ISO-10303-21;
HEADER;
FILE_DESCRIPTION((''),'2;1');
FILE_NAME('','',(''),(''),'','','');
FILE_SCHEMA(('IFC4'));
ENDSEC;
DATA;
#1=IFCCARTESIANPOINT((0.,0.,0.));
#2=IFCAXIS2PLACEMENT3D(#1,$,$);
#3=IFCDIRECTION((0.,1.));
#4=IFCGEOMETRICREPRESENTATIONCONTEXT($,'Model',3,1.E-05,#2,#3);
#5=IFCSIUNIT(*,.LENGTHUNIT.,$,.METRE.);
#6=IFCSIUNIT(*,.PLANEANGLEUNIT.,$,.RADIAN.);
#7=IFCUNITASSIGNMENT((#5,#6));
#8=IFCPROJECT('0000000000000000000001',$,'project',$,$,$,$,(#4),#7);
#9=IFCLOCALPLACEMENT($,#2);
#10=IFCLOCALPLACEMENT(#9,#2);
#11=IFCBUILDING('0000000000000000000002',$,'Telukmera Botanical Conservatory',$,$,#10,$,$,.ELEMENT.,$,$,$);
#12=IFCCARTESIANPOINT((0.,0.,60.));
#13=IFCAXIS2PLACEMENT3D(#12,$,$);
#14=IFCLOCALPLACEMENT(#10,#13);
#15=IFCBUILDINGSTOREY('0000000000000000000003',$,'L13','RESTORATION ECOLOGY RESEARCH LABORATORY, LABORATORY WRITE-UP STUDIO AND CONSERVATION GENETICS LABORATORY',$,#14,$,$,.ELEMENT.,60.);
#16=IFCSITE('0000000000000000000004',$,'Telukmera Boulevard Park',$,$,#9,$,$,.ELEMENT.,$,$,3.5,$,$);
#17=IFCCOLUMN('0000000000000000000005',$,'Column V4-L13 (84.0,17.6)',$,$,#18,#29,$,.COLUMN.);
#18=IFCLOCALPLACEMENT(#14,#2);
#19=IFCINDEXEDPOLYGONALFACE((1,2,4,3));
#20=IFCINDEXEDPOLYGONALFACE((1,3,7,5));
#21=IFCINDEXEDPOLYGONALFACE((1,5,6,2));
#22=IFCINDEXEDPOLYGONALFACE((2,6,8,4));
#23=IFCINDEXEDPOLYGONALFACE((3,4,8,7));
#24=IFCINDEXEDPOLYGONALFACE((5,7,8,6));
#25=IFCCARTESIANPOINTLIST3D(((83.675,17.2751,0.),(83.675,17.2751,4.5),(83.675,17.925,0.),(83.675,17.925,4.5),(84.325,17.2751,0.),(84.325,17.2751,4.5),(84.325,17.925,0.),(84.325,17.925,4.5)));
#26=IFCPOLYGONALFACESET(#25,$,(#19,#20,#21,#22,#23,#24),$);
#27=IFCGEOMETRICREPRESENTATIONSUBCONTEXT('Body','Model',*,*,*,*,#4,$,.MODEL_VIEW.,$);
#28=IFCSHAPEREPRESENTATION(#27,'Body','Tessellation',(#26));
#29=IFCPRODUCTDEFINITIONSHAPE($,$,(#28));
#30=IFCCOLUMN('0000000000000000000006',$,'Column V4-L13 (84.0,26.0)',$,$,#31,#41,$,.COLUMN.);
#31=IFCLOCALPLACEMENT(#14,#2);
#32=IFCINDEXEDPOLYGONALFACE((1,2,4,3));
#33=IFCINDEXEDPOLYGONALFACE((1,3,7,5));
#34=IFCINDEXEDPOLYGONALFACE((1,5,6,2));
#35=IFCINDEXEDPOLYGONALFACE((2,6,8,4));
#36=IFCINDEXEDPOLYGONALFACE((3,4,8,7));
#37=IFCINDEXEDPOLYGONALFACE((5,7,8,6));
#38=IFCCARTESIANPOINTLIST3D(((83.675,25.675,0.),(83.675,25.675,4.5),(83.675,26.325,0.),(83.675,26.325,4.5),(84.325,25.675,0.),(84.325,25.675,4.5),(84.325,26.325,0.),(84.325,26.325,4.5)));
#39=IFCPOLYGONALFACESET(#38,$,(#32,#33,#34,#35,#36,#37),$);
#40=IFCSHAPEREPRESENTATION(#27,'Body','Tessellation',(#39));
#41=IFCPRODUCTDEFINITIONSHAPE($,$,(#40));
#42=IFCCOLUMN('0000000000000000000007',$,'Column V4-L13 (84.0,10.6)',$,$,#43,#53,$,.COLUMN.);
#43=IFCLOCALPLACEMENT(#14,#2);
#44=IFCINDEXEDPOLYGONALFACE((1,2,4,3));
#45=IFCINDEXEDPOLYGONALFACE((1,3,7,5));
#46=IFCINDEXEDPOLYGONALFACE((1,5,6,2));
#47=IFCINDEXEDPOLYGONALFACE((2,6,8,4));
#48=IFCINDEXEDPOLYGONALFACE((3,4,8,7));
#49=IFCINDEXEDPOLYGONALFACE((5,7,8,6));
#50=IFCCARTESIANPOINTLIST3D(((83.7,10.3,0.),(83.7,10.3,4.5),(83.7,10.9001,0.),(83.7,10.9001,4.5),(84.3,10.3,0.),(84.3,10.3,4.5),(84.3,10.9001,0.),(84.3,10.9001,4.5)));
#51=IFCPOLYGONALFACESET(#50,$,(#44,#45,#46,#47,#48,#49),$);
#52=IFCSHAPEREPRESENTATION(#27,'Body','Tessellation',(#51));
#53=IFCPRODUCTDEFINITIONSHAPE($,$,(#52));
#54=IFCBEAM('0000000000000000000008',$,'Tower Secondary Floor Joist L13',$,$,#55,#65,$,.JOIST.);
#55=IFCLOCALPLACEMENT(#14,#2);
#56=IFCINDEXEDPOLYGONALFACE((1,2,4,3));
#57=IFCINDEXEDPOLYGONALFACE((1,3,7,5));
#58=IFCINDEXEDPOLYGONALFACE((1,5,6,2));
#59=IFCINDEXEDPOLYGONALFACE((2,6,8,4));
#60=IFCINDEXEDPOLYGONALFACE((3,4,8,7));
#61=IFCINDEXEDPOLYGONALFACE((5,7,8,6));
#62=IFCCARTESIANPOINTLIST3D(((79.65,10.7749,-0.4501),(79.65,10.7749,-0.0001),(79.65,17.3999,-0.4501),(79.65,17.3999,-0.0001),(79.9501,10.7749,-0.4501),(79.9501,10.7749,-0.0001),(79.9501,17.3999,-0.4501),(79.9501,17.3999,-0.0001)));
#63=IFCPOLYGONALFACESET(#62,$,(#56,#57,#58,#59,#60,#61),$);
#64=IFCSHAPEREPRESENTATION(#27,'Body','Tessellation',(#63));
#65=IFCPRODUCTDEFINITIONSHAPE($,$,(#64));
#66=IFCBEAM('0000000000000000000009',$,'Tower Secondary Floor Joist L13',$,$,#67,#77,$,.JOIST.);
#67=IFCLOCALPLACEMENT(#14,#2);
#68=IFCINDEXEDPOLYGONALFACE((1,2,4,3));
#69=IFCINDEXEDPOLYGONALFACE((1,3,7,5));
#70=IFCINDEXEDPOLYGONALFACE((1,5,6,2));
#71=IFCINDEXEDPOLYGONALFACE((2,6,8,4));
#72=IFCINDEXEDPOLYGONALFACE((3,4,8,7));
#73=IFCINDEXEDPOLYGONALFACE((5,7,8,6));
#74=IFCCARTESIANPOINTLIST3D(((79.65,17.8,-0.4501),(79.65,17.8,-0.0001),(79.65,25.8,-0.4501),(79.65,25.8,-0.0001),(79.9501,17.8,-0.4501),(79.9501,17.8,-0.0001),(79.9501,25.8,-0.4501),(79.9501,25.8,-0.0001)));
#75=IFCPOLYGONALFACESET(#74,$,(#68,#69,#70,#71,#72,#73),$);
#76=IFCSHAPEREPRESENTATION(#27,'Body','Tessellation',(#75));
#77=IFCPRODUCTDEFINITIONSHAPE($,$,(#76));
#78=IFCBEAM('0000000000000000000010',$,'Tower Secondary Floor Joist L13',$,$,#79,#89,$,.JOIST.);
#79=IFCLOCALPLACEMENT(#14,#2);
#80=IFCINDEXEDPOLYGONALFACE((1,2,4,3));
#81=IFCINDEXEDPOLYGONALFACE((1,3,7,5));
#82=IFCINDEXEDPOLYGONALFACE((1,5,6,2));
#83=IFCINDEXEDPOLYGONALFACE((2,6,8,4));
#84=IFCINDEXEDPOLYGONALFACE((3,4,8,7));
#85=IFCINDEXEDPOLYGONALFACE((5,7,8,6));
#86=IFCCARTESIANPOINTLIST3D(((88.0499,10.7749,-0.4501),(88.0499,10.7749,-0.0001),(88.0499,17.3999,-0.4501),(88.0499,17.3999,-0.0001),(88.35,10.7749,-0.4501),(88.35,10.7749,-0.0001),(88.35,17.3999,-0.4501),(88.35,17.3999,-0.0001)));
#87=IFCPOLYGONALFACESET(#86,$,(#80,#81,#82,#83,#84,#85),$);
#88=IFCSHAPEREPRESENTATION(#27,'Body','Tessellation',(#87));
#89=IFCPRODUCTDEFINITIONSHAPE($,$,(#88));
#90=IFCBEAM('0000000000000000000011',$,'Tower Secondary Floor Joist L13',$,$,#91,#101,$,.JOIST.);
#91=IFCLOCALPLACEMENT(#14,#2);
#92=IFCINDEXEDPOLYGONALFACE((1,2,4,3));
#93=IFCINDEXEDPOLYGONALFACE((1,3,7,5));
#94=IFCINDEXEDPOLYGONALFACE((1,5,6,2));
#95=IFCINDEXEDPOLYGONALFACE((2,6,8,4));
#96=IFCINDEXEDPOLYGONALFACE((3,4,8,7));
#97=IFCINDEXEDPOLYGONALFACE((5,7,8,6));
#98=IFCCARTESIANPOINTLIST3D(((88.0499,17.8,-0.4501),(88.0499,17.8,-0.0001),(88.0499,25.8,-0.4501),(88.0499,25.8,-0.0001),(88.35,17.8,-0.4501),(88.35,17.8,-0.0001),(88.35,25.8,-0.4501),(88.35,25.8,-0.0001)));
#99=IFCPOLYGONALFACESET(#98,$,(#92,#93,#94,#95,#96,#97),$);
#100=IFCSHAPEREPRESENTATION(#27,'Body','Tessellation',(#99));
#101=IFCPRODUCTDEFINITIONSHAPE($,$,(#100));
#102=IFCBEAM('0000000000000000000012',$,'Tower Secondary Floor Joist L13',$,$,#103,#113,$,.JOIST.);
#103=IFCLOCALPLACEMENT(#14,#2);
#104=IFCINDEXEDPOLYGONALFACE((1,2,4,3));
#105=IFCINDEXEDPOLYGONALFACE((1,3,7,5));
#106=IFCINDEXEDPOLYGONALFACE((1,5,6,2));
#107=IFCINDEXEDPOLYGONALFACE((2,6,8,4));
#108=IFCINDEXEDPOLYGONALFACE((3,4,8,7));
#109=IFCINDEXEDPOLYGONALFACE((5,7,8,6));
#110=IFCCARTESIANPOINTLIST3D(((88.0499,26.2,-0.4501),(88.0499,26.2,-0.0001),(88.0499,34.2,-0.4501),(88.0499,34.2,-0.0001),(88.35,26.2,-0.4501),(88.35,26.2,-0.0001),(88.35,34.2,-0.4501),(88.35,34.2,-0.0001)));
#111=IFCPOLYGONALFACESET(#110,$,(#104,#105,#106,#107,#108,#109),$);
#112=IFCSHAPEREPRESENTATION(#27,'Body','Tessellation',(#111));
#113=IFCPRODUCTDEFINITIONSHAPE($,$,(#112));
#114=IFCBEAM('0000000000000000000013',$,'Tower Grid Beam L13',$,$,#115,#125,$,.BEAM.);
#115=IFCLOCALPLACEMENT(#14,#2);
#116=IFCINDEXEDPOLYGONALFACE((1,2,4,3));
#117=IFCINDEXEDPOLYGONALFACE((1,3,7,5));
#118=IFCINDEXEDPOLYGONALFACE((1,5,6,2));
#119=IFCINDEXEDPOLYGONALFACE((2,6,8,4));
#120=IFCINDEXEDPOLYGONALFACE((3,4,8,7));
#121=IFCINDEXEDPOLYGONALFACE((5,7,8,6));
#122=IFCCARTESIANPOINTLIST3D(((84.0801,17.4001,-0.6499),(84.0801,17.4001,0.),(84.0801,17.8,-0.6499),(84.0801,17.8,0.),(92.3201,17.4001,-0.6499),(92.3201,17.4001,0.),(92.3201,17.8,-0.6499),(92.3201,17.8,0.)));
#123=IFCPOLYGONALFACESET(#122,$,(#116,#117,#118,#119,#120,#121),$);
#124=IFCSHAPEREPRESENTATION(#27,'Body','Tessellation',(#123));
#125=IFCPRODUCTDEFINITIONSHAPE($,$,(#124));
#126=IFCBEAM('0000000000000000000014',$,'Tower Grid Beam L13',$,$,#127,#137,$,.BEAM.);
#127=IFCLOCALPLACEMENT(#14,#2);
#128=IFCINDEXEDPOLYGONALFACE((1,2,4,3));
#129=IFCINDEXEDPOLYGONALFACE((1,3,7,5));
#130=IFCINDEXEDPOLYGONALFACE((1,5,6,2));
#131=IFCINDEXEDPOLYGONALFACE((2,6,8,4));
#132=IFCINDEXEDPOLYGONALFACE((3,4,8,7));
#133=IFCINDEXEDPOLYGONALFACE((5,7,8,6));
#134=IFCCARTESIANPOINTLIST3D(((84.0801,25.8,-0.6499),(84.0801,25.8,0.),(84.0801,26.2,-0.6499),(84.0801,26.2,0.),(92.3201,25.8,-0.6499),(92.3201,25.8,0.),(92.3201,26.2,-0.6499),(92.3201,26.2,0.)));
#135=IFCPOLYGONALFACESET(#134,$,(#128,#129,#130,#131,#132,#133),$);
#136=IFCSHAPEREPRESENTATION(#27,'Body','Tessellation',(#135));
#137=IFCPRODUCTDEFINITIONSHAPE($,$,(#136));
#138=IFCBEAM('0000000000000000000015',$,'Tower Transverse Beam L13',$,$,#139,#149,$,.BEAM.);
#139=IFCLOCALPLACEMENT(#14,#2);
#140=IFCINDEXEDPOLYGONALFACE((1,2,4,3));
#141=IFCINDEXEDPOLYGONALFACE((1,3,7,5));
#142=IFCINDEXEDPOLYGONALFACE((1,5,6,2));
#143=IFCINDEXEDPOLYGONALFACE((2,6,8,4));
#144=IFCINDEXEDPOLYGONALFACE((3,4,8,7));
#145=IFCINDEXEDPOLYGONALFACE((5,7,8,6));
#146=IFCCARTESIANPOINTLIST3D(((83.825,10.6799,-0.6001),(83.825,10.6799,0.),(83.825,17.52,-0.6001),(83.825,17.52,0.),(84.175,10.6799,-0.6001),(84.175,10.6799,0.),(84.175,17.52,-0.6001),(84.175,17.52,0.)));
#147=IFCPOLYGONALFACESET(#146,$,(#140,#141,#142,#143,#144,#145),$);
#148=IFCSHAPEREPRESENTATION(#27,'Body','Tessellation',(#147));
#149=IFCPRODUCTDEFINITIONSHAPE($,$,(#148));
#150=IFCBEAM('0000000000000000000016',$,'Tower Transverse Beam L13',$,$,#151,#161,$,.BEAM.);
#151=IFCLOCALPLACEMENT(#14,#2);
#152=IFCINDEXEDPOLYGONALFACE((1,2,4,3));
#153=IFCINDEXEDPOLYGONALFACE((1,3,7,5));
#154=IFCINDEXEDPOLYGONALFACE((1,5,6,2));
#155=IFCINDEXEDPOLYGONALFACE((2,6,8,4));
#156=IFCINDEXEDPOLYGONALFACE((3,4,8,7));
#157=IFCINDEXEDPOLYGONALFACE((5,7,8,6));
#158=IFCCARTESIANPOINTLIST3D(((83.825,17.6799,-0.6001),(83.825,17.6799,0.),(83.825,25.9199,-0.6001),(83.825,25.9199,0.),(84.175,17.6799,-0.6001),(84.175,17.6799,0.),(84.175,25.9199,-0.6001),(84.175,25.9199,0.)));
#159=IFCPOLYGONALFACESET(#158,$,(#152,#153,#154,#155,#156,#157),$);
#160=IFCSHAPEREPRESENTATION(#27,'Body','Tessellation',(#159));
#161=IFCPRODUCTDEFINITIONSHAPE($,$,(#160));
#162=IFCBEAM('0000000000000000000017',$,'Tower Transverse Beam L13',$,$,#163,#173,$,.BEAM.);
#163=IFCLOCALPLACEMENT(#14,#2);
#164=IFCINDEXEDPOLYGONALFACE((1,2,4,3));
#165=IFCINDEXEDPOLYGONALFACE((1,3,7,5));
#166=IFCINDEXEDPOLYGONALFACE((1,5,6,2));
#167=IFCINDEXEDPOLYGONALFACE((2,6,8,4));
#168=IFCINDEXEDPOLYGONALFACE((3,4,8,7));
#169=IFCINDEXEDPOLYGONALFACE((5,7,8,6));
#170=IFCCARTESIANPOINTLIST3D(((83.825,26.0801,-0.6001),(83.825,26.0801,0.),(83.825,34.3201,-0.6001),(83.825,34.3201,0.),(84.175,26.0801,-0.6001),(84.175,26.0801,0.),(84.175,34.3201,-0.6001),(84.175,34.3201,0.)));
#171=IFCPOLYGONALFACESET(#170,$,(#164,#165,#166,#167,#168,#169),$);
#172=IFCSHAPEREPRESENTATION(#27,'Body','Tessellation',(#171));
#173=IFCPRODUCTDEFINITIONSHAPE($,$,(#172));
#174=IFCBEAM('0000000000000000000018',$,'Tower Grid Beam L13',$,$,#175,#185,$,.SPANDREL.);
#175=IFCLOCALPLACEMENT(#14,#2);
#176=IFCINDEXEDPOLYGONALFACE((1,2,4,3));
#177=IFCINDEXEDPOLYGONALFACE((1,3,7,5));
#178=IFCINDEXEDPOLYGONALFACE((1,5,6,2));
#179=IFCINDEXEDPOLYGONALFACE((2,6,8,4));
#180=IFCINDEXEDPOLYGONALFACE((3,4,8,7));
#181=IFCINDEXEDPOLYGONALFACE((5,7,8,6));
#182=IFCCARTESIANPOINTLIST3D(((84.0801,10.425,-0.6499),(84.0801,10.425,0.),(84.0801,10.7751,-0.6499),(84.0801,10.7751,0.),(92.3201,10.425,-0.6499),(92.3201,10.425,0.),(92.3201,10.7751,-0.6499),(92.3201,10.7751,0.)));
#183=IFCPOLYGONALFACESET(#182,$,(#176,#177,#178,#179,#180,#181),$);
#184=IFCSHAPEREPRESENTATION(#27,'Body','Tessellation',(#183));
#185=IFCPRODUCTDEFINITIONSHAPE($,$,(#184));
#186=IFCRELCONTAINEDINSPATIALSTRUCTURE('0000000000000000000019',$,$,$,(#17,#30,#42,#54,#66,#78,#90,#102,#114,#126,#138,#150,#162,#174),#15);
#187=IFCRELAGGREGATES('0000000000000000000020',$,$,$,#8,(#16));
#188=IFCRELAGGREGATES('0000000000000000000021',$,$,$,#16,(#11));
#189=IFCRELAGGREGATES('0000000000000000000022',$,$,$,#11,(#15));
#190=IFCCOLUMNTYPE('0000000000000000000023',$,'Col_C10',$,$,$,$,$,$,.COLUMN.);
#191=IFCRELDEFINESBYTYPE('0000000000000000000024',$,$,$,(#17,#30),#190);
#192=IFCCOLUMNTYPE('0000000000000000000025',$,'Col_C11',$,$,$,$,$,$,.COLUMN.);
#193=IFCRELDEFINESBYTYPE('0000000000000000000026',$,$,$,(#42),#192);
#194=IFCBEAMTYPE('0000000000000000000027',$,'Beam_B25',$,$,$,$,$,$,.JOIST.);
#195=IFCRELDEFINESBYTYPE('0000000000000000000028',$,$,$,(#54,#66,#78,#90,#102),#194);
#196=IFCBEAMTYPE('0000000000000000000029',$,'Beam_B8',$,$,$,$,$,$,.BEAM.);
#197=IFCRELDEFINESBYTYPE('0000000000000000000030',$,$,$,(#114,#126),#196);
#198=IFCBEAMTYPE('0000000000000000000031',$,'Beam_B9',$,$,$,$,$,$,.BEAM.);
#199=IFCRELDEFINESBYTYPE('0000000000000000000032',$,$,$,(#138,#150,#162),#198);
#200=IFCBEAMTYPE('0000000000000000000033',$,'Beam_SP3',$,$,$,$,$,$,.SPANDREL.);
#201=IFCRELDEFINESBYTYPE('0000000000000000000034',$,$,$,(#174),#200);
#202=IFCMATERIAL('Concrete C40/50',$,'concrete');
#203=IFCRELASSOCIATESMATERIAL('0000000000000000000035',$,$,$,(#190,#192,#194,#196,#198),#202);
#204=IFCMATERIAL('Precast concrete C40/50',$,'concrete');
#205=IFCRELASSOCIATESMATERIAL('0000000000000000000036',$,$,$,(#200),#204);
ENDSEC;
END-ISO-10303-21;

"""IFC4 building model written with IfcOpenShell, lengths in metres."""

from ifc_helpers import new_model, si_unit, direction, frame, origin, origin_2d, place, context, subcontext, project, spatial, rectangle, extrude, material, material_profile, profile_set, type_object, element, save


model = new_model("IFC4")

# Units and contexts
model_context = context("Model", 3, precision=1e-05, world=origin(), true_north=direction((0.0, 1.0)))
body_context = subcontext(model_context, "Body", "Model", "MODEL_VIEW")
ifc_project = project(units=[si_unit("LENGTHUNIT", "METRE"), si_unit("PLANEANGLEUNIT", "RADIAN")], contexts=[model_context])

# Site, building, storey
site_placement = place(None, origin())
site = spatial("IfcSite", under=ifc_project, at=site_placement, Name="Telukmera Boulevard Park", CompositionType="ELEMENT", RefElevation=3.5)
building_placement = place(site_placement, origin())
building = spatial("IfcBuilding", under=site, at=building_placement, Name="Telukmera Botanical Conservatory", CompositionType="ELEMENT")
storey_placement = place(building_placement, frame((0.0, 0.0, 60.0)))
storey = spatial("IfcBuildingStorey", under=building, at=storey_placement, Name="L13", Description="RESTORATION ECOLOGY RESEARCH LABORATORY, LABORATORY WRITE-UP STUDIO AND CONSERVATION GENETICS LABORATORY", CompositionType="ELEMENT", Elevation=60.0)

# Columns
ifc_material_1 = material(Name="Concrete C40/50", Category="concrete")
ifc_material_profile_1 = material_profile(ifc_material_1, rectangle(XDim=0.6499, YDim=0.6499, at=origin_2d()), Name="RC 650x650")
ifc_profile_set_1 = profile_set([ifc_material_profile_1], Name="Concrete C40/50")
column_type_1 = type_object("IfcColumnType", Name="Col_C10", PredefinedType="COLUMN", material=ifc_profile_set_1)
for number, where, z_axis, x_axis, name in (
    (1, (84.0, 17.6001, 0.0), (0.0, 0.0, 1.0), (1.0, 0.0, 0.0), "Column V4-L13 (84.0,17.6)"),
    (2, (84.0, 26.0, 0.0), (0.0, 0.0, 1.0), (1.0, 0.0, 0.0), "Column V4-L13 (84.0,26.0)"),
):
    element("IfcColumn", number, at=place(storey_placement, frame(where, z_axis=z_axis, x_axis=x_axis)), inside=storey, type_object=column_type_1, Name=name, PredefinedType="COLUMN", context=body_context, shape_type="SweptSolid", body=[
        extrude(rectangle(XDim=0.6499, YDim=0.6499, at=origin_2d()), origin(), (0.0, 0.0, 1.0), 4.5),
    ])
ifc_material_profile_2 = material_profile(ifc_material_1, rectangle(XDim=0.6001, YDim=0.6001, at=origin_2d()), Name="RC 600x600")
ifc_profile_set_2 = profile_set([ifc_material_profile_2], Name="Concrete C40/50")
column_type_2 = type_object("IfcColumnType", Name="Col_C11", PredefinedType="COLUMN", material=ifc_profile_set_2)
column_placement = place(storey_placement, frame((84.0, 10.6001, 0.0), z_axis=(0.0, 0.0, 1.0), x_axis=(1.0, 0.0, 0.0)))
element("IfcColumn", 3, at=column_placement, inside=storey, type_object=column_type_2, Name="Column V4-L13 (84.0,10.6)", PredefinedType="COLUMN", context=body_context, shape_type="SweptSolid", body=[
    extrude(rectangle(XDim=0.6001, YDim=0.6001, at=origin_2d()), origin(), (0.0, 0.0, 1.0), 4.5),
])

# Beams
ifc_material_profile_3 = material_profile(ifc_material_1, rectangle(XDim=0.3, YDim=0.45, at=origin_2d()), Name="RC 300x450")
ifc_profile_set_3 = profile_set([ifc_material_profile_3], Name="Concrete C40/50")
beam_type_1 = type_object("IfcBeamType", Name="Beam_B25", PredefinedType="JOIST", material=ifc_profile_set_3)
beam_1_placement = place(storey_placement, frame((79.8, 10.7749, -0.2251), z_axis=(0.0, 1.0, 0.0), x_axis=(-1.0, 0.0, 0.0)))
element("IfcBeam", 4, at=beam_1_placement, inside=storey, type_object=beam_type_1, Name="Tower Secondary Floor Joist L13", PredefinedType="JOIST", context=body_context, shape_type="SweptSolid", body=[
    extrude(rectangle(XDim=0.3, YDim=0.45, at=origin_2d()), origin(), (0.0, 0.0, 1.0), 6.625),
])
beam_2_placement = place(storey_placement, frame((79.8, 17.8, -0.2251), z_axis=(0.0, 1.0, 0.0), x_axis=(-1.0, 0.0, 0.0)))
element("IfcBeam", 5, at=beam_2_placement, inside=storey, type_object=beam_type_1, Name="Tower Secondary Floor Joist L13", PredefinedType="JOIST", context=body_context, shape_type="SweptSolid", body=[
    extrude(rectangle(XDim=0.3, YDim=0.45, at=origin_2d()), origin(), (0.0, 0.0, 1.0), 8.0),
])
beam_3_placement = place(storey_placement, frame((88.2, 10.7749, -0.2251), z_axis=(0.0, 1.0, 0.0), x_axis=(-1.0, 0.0, 0.0)))
element("IfcBeam", 6, at=beam_3_placement, inside=storey, type_object=beam_type_1, Name="Tower Secondary Floor Joist L13", PredefinedType="JOIST", context=body_context, shape_type="SweptSolid", body=[
    extrude(rectangle(XDim=0.3, YDim=0.45, at=origin_2d()), origin(), (0.0, 0.0, 1.0), 6.625),
])
for number, where, z_axis, x_axis, name in (
    (7, (88.2, 17.8, -0.2251), (0.0, 1.0, 0.0), (-1.0, 0.0, 0.0), "Tower Secondary Floor Joist L13"),
    (8, (88.2, 26.2, -0.2251), (0.0, 1.0, 0.0), (-1.0, 0.0, 0.0), "Tower Secondary Floor Joist L13"),
):
    element("IfcBeam", number, at=place(storey_placement, frame(where, z_axis=z_axis, x_axis=x_axis)), inside=storey, type_object=beam_type_1, Name=name, PredefinedType="JOIST", context=body_context, shape_type="SweptSolid", body=[
        extrude(rectangle(XDim=0.3, YDim=0.45, at=origin_2d()), origin(), (0.0, 0.0, 1.0), 8.0),
    ])
ifc_material_profile_4 = material_profile(ifc_material_1, rectangle(XDim=0.3999, YDim=0.6499, at=origin_2d()), Name="RC 400x650")
ifc_profile_set_4 = profile_set([ifc_material_profile_4], Name="Concrete C40/50")
beam_type_2 = type_object("IfcBeamType", Name="Beam_B8", PredefinedType="BEAM", material=ifc_profile_set_4)
for number, where, z_axis, x_axis, name in (
    (9, (84.0801, 17.6001, -0.325), (1.0, 0.0, 0.0), (0.0, 1.0, 0.0), "Tower Grid Beam L13"),
    (10, (84.0801, 26.0, -0.325), (1.0, 0.0, 0.0), (0.0, 1.0, 0.0), "Tower Grid Beam L13"),
):
    element("IfcBeam", number, at=place(storey_placement, frame(where, z_axis=z_axis, x_axis=x_axis)), inside=storey, type_object=beam_type_2, Name=name, PredefinedType="BEAM", context=body_context, shape_type="SweptSolid", body=[
        extrude(rectangle(XDim=0.3999, YDim=0.6499, at=origin_2d()), origin(), (0.0, 0.0, 1.0), 8.24),
    ])
ifc_material_profile_5 = material_profile(ifc_material_1, rectangle(XDim=0.3501, YDim=0.6001, at=origin_2d()), Name="RC 350x600")
ifc_profile_set_5 = profile_set([ifc_material_profile_5], Name="Concrete C40/50")
beam_type_3 = type_object("IfcBeamType", Name="Beam_B9", PredefinedType="BEAM", material=ifc_profile_set_5)
beam_4_placement = place(storey_placement, frame((84.0, 10.6799, -0.3), z_axis=(0.0, 1.0, 0.0), x_axis=(-1.0, 0.0, 0.0)))
element("IfcBeam", 11, at=beam_4_placement, inside=storey, type_object=beam_type_3, Name="Tower Transverse Beam L13", PredefinedType="BEAM", context=body_context, shape_type="SweptSolid", body=[
    extrude(rectangle(XDim=0.3501, YDim=0.6001, at=origin_2d()), origin(), (0.0, 0.0, 1.0), 6.8401),
])
for number, where, z_axis, x_axis, name in (
    (12, (84.0, 17.6799, -0.3), (0.0, 1.0, 0.0), (-1.0, 0.0, 0.0), "Tower Transverse Beam L13"),
    (13, (84.0, 26.0801, -0.3), (0.0, 1.0, 0.0), (-1.0, 0.0, 0.0), "Tower Transverse Beam L13"),
):
    element("IfcBeam", number, at=place(storey_placement, frame(where, z_axis=z_axis, x_axis=x_axis)), inside=storey, type_object=beam_type_3, Name=name, PredefinedType="BEAM", context=body_context, shape_type="SweptSolid", body=[
        extrude(rectangle(XDim=0.3501, YDim=0.6001, at=origin_2d()), origin(), (0.0, 0.0, 1.0), 8.24),
    ])
ifc_material_2 = material(Name="Precast concrete C40/50", Category="concrete")
ifc_material_profile_6 = material_profile(ifc_material_2, rectangle(XDim=0.3501, YDim=0.6499, at=origin_2d()), Name="PC 350x650")
ifc_profile_set_6 = profile_set([ifc_material_profile_6], Name="Precast concrete C40/50")
beam_type_4 = type_object("IfcBeamType", Name="Beam_SP3", PredefinedType="SPANDREL", material=ifc_profile_set_6)
beam_5_placement = place(storey_placement, frame((84.0801, 10.6001, -0.325), z_axis=(1.0, 0.0, 0.0), x_axis=(0.0, 1.0, 0.0)))
element("IfcBeam", 14, at=beam_5_placement, inside=storey, type_object=beam_type_4, Name="Tower Grid Beam L13", PredefinedType="SPANDREL", context=body_context, shape_type="SweptSolid", body=[
    extrude(rectangle(XDim=0.3501, YDim=0.6499, at=origin_2d()), origin(), (0.0, 0.0, 1.0), 8.24),
])

save(model, "model.ifc")
